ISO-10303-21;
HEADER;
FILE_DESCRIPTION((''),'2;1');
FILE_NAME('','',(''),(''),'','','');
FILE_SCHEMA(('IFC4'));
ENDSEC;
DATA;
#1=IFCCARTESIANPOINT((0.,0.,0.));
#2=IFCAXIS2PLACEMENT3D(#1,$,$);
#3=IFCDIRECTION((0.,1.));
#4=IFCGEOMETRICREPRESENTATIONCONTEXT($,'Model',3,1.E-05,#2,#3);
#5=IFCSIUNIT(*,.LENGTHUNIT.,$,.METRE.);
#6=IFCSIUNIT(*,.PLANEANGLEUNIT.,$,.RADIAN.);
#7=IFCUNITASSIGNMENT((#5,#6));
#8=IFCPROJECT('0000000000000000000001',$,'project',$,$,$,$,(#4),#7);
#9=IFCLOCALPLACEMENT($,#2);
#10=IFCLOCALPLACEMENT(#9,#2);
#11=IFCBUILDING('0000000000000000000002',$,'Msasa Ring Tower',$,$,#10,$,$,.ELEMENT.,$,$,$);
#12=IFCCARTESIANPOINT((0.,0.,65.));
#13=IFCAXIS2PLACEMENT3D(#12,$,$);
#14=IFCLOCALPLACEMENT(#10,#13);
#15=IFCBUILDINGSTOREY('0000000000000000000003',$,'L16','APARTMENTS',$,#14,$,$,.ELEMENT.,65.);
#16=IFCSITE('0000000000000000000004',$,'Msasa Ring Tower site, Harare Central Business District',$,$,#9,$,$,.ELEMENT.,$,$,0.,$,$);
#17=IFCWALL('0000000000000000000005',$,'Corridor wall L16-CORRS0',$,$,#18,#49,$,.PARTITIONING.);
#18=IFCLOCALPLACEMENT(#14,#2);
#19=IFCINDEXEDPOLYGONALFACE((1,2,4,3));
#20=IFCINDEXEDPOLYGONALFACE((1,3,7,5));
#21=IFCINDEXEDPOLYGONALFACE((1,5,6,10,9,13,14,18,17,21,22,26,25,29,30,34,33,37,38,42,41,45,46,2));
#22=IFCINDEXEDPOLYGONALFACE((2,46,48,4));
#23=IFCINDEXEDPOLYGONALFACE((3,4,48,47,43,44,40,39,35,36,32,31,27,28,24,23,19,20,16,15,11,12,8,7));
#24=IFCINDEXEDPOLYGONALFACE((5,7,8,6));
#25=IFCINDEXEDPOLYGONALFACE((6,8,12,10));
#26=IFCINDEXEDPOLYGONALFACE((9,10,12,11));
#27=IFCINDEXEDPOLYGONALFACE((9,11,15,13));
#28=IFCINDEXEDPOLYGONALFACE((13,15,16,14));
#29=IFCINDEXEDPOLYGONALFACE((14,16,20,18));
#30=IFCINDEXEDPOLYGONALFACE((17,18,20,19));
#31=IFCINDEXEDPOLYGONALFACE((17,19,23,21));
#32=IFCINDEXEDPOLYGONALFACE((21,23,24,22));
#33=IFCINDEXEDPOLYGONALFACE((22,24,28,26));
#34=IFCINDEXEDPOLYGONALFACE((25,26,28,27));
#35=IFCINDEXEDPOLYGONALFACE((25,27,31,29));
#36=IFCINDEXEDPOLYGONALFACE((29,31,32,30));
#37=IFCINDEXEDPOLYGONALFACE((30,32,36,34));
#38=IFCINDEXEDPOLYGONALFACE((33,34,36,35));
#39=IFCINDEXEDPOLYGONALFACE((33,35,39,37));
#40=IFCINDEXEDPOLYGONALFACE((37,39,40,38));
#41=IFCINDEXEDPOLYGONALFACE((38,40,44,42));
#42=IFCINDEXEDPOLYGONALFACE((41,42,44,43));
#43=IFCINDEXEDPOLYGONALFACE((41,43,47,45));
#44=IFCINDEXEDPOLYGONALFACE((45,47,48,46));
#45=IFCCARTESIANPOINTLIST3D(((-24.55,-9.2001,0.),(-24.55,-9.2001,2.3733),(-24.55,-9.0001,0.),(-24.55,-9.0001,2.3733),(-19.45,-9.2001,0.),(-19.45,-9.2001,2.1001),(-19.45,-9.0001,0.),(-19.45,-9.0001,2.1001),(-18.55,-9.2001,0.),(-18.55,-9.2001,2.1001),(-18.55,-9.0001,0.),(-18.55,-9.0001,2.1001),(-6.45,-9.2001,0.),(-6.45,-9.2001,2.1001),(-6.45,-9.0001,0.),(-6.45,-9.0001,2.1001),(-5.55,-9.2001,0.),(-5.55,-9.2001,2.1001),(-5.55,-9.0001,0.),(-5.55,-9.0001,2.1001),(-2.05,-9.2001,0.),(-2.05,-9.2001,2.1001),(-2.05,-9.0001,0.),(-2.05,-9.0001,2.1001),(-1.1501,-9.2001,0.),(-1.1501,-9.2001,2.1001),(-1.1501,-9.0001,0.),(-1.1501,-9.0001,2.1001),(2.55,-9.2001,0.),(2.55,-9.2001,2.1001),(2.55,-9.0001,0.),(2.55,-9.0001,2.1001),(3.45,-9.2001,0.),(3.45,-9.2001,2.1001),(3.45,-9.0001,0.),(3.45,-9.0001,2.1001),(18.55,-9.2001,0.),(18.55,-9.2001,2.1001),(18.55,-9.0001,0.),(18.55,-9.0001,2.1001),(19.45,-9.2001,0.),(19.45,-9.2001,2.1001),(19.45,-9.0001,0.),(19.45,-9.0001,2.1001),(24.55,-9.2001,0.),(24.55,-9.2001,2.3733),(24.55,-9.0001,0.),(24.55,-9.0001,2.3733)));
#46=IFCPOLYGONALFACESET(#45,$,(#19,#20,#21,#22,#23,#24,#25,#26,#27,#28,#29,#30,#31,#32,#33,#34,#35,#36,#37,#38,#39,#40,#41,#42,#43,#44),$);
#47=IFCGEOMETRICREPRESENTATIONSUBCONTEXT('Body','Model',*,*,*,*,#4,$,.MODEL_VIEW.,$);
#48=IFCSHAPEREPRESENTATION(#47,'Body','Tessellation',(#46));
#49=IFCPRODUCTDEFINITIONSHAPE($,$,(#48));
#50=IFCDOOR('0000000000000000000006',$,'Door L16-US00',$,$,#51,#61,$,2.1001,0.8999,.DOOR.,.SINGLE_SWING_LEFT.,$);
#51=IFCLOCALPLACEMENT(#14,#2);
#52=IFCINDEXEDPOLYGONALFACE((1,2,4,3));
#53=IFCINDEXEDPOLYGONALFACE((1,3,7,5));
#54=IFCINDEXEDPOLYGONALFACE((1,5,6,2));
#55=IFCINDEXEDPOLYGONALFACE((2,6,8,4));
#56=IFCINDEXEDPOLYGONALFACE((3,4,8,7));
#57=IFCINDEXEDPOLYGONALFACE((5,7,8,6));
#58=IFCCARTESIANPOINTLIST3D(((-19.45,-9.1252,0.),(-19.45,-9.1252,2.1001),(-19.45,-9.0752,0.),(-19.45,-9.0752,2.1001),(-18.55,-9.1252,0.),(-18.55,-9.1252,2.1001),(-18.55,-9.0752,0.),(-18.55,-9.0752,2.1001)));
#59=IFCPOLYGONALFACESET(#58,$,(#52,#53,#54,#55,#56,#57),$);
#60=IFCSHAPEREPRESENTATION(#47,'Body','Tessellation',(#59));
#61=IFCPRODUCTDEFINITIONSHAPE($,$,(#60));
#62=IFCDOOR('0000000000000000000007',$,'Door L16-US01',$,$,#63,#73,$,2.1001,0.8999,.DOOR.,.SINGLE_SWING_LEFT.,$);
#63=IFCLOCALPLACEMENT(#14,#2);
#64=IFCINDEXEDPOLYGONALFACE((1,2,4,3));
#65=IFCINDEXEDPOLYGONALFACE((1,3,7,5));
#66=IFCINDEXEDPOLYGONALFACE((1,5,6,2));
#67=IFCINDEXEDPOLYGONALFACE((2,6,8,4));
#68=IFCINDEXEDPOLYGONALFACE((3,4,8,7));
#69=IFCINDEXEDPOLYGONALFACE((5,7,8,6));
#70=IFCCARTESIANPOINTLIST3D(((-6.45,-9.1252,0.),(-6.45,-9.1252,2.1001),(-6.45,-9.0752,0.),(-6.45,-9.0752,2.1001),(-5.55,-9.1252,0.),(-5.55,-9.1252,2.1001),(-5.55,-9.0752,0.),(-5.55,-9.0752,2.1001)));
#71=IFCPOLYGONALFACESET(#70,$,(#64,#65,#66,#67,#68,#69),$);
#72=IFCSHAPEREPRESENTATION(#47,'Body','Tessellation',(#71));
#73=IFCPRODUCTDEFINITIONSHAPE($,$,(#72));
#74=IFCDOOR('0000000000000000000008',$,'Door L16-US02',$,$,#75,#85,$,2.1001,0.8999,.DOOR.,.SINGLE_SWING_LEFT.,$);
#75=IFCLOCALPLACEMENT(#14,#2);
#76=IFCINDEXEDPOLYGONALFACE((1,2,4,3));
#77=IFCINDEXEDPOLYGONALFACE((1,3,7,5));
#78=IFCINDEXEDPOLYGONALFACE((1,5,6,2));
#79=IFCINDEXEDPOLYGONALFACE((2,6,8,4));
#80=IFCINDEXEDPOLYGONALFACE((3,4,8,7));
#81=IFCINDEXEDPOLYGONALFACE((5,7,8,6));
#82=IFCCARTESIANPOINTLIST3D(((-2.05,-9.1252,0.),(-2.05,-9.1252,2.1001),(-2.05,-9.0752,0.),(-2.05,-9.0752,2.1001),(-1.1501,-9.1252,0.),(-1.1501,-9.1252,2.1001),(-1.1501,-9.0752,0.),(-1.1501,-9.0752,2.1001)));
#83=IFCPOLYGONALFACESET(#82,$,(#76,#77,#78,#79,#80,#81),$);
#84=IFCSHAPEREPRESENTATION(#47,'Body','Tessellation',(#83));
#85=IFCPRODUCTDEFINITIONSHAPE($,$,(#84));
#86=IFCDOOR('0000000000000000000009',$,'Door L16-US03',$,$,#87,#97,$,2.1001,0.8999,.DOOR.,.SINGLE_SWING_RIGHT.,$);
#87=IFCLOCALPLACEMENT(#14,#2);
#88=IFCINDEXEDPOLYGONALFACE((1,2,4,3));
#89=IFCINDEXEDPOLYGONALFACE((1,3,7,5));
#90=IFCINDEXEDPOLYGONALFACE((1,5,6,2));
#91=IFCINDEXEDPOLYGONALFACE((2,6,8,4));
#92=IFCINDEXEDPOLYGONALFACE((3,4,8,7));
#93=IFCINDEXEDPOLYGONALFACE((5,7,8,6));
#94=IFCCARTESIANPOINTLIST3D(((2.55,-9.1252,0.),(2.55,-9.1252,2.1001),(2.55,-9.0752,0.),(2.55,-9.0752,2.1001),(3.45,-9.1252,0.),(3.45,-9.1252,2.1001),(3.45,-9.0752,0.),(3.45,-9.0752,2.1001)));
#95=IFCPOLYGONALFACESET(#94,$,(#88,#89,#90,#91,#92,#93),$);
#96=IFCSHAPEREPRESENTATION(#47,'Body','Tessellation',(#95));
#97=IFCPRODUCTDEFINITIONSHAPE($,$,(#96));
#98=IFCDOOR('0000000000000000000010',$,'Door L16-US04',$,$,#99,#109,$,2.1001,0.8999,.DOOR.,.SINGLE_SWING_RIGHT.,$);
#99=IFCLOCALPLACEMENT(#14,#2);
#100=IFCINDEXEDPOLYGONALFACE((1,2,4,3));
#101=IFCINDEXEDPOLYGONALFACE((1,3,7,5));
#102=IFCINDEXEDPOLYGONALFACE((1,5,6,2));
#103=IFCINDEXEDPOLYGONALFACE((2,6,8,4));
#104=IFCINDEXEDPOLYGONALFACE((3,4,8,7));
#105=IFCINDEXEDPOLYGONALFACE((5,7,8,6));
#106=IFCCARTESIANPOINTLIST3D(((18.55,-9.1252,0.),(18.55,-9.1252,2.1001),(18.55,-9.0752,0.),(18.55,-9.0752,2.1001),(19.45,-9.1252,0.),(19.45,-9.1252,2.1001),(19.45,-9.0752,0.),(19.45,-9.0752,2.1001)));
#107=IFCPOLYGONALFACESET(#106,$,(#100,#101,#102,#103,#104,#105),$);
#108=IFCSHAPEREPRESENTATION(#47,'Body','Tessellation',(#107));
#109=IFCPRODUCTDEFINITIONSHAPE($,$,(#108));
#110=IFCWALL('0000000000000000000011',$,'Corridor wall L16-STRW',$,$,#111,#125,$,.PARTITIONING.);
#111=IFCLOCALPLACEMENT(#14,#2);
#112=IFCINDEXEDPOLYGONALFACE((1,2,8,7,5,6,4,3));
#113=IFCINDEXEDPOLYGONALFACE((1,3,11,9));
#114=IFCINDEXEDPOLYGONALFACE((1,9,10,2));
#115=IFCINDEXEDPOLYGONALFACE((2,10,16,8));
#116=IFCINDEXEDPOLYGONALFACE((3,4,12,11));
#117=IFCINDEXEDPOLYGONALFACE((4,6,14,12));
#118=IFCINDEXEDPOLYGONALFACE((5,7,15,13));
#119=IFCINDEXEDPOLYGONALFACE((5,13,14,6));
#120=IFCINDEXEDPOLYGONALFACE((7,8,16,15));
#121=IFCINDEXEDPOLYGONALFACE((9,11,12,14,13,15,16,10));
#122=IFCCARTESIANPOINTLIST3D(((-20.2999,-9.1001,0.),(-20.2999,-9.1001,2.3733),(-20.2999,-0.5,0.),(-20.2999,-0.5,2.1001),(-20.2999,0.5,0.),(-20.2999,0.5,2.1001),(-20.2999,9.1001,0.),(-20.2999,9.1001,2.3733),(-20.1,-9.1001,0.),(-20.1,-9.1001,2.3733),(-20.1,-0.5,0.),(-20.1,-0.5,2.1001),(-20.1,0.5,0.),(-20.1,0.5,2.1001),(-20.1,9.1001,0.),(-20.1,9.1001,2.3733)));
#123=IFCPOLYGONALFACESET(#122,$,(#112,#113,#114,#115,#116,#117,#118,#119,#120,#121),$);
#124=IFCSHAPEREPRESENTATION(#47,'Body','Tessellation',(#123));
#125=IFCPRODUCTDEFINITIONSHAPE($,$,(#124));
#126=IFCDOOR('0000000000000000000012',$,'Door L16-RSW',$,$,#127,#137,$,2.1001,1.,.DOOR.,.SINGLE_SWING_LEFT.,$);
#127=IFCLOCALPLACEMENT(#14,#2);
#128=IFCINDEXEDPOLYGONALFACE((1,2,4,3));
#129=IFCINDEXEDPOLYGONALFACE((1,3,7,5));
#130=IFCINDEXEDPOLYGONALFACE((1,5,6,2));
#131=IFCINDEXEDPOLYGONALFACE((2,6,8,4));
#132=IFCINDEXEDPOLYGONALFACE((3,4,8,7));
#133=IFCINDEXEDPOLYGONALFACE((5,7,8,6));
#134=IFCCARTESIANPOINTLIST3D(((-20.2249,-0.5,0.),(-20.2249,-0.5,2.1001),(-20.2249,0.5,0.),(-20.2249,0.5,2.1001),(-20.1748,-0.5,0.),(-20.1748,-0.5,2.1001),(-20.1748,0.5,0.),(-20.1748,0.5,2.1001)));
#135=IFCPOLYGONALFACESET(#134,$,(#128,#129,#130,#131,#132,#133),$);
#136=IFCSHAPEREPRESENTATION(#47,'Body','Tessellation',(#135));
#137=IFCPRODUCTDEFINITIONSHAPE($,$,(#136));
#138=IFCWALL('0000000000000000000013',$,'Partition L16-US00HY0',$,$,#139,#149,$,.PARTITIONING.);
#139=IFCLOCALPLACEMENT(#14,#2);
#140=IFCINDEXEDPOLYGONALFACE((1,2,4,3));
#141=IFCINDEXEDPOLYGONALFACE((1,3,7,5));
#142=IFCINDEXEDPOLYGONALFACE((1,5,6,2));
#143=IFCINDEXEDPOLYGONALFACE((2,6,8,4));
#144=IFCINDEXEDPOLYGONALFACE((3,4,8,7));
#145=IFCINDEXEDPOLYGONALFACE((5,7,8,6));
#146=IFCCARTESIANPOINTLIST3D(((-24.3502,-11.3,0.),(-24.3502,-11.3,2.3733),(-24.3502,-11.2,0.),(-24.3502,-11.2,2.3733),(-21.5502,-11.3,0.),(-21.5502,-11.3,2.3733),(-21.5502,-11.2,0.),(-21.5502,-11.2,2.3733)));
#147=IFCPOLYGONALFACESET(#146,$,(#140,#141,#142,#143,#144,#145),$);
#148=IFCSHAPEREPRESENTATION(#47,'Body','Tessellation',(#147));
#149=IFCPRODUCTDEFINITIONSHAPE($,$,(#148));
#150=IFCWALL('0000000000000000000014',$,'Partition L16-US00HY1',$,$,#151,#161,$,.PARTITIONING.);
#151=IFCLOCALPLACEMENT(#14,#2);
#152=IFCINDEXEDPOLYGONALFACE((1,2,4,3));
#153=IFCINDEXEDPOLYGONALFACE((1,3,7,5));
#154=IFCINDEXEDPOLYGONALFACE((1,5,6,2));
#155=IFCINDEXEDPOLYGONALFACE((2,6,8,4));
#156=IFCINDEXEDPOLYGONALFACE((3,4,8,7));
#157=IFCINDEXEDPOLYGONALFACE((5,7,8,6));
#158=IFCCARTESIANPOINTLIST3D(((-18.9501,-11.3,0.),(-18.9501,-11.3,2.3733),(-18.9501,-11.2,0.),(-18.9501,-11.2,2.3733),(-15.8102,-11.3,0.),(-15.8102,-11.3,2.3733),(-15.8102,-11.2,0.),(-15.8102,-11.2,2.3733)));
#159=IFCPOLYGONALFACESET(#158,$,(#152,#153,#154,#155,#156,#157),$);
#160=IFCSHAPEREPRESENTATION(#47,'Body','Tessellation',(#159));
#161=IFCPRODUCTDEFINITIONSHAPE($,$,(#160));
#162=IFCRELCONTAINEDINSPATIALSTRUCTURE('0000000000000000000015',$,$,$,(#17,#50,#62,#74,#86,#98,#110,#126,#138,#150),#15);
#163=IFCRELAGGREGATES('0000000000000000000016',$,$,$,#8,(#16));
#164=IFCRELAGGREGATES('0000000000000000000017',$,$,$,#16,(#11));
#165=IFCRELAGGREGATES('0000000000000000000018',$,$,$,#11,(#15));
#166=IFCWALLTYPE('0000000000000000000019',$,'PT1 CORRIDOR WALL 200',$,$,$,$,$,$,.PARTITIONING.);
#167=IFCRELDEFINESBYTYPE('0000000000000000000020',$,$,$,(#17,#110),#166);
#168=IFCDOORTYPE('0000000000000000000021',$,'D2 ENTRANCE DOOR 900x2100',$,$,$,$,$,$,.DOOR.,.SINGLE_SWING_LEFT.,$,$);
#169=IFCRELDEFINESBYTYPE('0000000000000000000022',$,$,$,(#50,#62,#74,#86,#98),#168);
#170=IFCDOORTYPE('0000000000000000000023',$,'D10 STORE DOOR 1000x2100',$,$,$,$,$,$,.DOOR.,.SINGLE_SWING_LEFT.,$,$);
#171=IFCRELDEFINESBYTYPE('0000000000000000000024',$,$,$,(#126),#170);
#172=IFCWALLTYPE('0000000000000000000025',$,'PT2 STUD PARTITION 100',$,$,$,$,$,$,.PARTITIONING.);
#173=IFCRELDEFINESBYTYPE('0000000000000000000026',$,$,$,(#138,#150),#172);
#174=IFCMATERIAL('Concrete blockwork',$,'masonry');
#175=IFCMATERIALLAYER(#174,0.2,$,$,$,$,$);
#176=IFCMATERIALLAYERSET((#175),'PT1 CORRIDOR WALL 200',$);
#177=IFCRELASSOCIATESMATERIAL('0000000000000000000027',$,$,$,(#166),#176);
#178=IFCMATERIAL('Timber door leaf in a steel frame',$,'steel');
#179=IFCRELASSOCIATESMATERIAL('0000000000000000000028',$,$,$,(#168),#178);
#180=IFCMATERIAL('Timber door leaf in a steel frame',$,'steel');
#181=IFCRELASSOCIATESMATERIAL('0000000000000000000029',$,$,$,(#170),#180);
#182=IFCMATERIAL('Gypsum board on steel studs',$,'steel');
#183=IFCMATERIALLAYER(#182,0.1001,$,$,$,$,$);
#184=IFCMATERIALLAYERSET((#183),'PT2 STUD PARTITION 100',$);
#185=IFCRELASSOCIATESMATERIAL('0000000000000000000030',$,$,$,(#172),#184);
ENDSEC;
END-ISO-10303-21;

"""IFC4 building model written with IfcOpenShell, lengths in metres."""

from ifc_helpers import new_model, si_unit, direction, frame, frame_2d, origin, place, context, subcontext, project, spatial, rectangle, extrude, material, layer, layer_set, type_object, element, fill, save


model = new_model("IFC4")

# Units and contexts
model_context = context("Model", 3, precision=1e-05, world=origin(), true_north=direction((0.0, 1.0)))
body_context = subcontext(model_context, "Body", "Model", "MODEL_VIEW")
ifc_project = project(units=[si_unit("LENGTHUNIT", "METRE"), si_unit("PLANEANGLEUNIT", "RADIAN")], contexts=[model_context])

# Site, building, storey
site_placement = place(None, origin())
site = spatial("IfcSite", under=ifc_project, at=site_placement, Name="Msasa Ring Tower site, Harare Central Business District", CompositionType="ELEMENT", RefElevation=0.0)
building_placement = place(site_placement, origin())
building = spatial("IfcBuilding", under=site, at=building_placement, Name="Msasa Ring Tower", CompositionType="ELEMENT")
storey_placement = place(building_placement, frame((0.0, 0.0, 65.0)))
storey = spatial("IfcBuildingStorey", under=building, at=storey_placement, Name="L16", Description="APARTMENTS", CompositionType="ELEMENT", Elevation=65.0)

# Wall, openings, doors
ifc_material_1 = material(Name="Concrete blockwork", Category="masonry")
ifc_layer_1 = layer(ifc_material_1, 0.2)
ifc_layer_set_1 = layer_set([ifc_layer_1], Name="PT1 CORRIDOR WALL 200")
wall_type_1 = type_object("IfcWallType", Name="PT1 CORRIDOR WALL 200", PredefinedType="PARTITIONING", material=ifc_layer_set_1)
wall_1_placement = place(storey_placement, frame((-24.55, -9.1001, 0.0), z_axis=(0.0, 0.0, 1.0), x_axis=(1.0, 0.0, 0.0)))
wall_1 = element("IfcWall", 1, at=wall_1_placement, inside=storey, type_object=wall_type_1, Name="Corridor wall L16-CORRS0", PredefinedType="PARTITIONING", context=body_context, shape_type="SweptSolid", body=[
    extrude(rectangle(XDim=49.1001, YDim=0.2, at=frame_2d((24.55, 0.0))), origin(), (0.0, 0.0, 1.0), 2.3733),
])
opening_1_placement = place(wall_1_placement, frame((5.1001, 0.0, 0.0)))
opening_1 = element("IfcOpeningElement", 2, at=opening_1_placement, cuts=wall_1, PredefinedType="OPENING", context=body_context, shape_type="SweptSolid", body=[
    extrude(rectangle(XDim=0.8999, YDim=2.1001, at=frame_2d((0.45, 1.05))), frame((0.0, 0.1099, 0.0), z_axis=(0.0, -1.0, 0.0), x_axis=(1.0, 0.0, 0.0)), (0.0, 0.0, 1.0), 0.22),
])
opening_2_placement = place(wall_1_placement, frame((18.1001, 0.0, 0.0)))
opening_2 = element("IfcOpeningElement", 3, at=opening_2_placement, cuts=wall_1, PredefinedType="OPENING", context=body_context, shape_type="SweptSolid", body=[
    extrude(rectangle(XDim=0.8999, YDim=2.1001, at=frame_2d((0.45, 1.05))), frame((0.0, 0.1099, 0.0), z_axis=(0.0, -1.0, 0.0), x_axis=(1.0, 0.0, 0.0)), (0.0, 0.0, 1.0), 0.22),
])
opening_3_placement = place(wall_1_placement, frame((22.5, 0.0, 0.0)))
opening_3 = element("IfcOpeningElement", 4, at=opening_3_placement, cuts=wall_1, PredefinedType="OPENING", context=body_context, shape_type="SweptSolid", body=[
    extrude(rectangle(XDim=0.8999, YDim=2.1001, at=frame_2d((0.45, 1.05))), frame((0.0, 0.1099, 0.0), z_axis=(0.0, -1.0, 0.0), x_axis=(1.0, 0.0, 0.0)), (0.0, 0.0, 1.0), 0.22),
])
opening_4_placement = place(wall_1_placement, frame((27.1001, 0.0, 0.0)))
opening_4 = element("IfcOpeningElement", 5, at=opening_4_placement, cuts=wall_1, PredefinedType="OPENING", context=body_context, shape_type="SweptSolid", body=[
    extrude(rectangle(XDim=0.8999, YDim=2.1001, at=frame_2d((0.45, 1.05))), frame((0.0, 0.1099, 0.0), z_axis=(0.0, -1.0, 0.0), x_axis=(1.0, 0.0, 0.0)), (0.0, 0.0, 1.0), 0.22),
])
opening_5_placement = place(wall_1_placement, frame((43.1001, 0.0, 0.0)))
opening_5 = element("IfcOpeningElement", 6, at=opening_5_placement, cuts=wall_1, PredefinedType="OPENING", context=body_context, shape_type="SweptSolid", body=[
    extrude(rectangle(XDim=0.8999, YDim=2.1001, at=frame_2d((0.45, 1.05))), frame((0.0, 0.1099, 0.0), z_axis=(0.0, -1.0, 0.0), x_axis=(1.0, 0.0, 0.0)), (0.0, 0.0, 1.0), 0.22),
])
ifc_material_2 = material(Name="Timber door leaf in a steel frame", Category="steel")
door_type_1 = type_object("IfcDoorType", Name="D2 ENTRANCE DOOR 900x2100", OperationType="SINGLE_SWING_LEFT", PredefinedType="DOOR", material=ifc_material_2)
door_1_placement = place(opening_1_placement, origin())
door_1 = element("IfcDoor", 7, at=door_1_placement, inside=storey, type_object=door_type_1, Name="Door L16-US00", OperationType="SINGLE_SWING_LEFT", OverallHeight=2.1001, OverallWidth=0.8999, PredefinedType="DOOR", context=body_context, shape_type="SweptSolid", body=[
    extrude(rectangle(XDim=0.8999, YDim=2.1001, at=frame_2d((0.45, 1.05))), frame((0.0, 0.0249, 0.0), z_axis=(0.0, -1.0, 0.0), x_axis=(1.0, 0.0, 0.0)), (0.0, 0.0, 1.0), 0.05),
])
fill(opening_1, door_1)
door_2_placement = place(opening_2_placement, origin())
door_2 = element("IfcDoor", 8, at=door_2_placement, inside=storey, type_object=door_type_1, Name="Door L16-US01", OperationType="SINGLE_SWING_LEFT", OverallHeight=2.1001, OverallWidth=0.8999, PredefinedType="DOOR", context=body_context, shape_type="SweptSolid", body=[
    extrude(rectangle(XDim=0.8999, YDim=2.1001, at=frame_2d((0.45, 1.05))), frame((0.0, 0.0249, 0.0), z_axis=(0.0, -1.0, 0.0), x_axis=(1.0, 0.0, 0.0)), (0.0, 0.0, 1.0), 0.05),
])
fill(opening_2, door_2)
door_3_placement = place(opening_3_placement, origin())
door_3 = element("IfcDoor", 9, at=door_3_placement, inside=storey, type_object=door_type_1, Name="Door L16-US02", OperationType="SINGLE_SWING_LEFT", OverallHeight=2.1001, OverallWidth=0.8999, PredefinedType="DOOR", context=body_context, shape_type="SweptSolid", body=[
    extrude(rectangle(XDim=0.8999, YDim=2.1001, at=frame_2d((0.45, 1.05))), frame((0.0, 0.0249, 0.0), z_axis=(0.0, -1.0, 0.0), x_axis=(1.0, 0.0, 0.0)), (0.0, 0.0, 1.0), 0.05),
])
fill(opening_3, door_3)
door_4_placement = place(opening_4_placement, origin())
door_4 = element("IfcDoor", 10, at=door_4_placement, inside=storey, type_object=door_type_1, Name="Door L16-US03", OperationType="SINGLE_SWING_RIGHT", OverallHeight=2.1001, OverallWidth=0.8999, PredefinedType="DOOR", context=body_context, shape_type="SweptSolid", body=[
    extrude(rectangle(XDim=0.8999, YDim=2.1001, at=frame_2d((0.45, 1.05))), frame((0.0, 0.0249, 0.0), z_axis=(0.0, -1.0, 0.0), x_axis=(1.0, 0.0, 0.0)), (0.0, 0.0, 1.0), 0.05),
])
fill(opening_4, door_4)
door_5_placement = place(opening_5_placement, origin())
door_5 = element("IfcDoor", 11, at=door_5_placement, inside=storey, type_object=door_type_1, Name="Door L16-US04", OperationType="SINGLE_SWING_RIGHT", OverallHeight=2.1001, OverallWidth=0.8999, PredefinedType="DOOR", context=body_context, shape_type="SweptSolid", body=[
    extrude(rectangle(XDim=0.8999, YDim=2.1001, at=frame_2d((0.45, 1.05))), frame((0.0, 0.0249, 0.0), z_axis=(0.0, -1.0, 0.0), x_axis=(1.0, 0.0, 0.0)), (0.0, 0.0, 1.0), 0.05),
])
fill(opening_5, door_5)

# Wall, opening, door
wall_2_placement = place(storey_placement, frame((-20.2, -9.1001, 0.0), z_axis=(0.0, 0.0, 1.0), x_axis=(0.0, 1.0, 0.0)))
wall_2 = element("IfcWall", 12, at=wall_2_placement, inside=storey, type_object=wall_type_1, Name="Corridor wall L16-STRW", PredefinedType="PARTITIONING", context=body_context, shape_type="SweptSolid", body=[
    extrude(rectangle(XDim=18.2002, YDim=0.2, at=frame_2d((9.1001, 0.0))), origin(), (0.0, 0.0, 1.0), 2.3733),
])
opening_6_placement = place(wall_2_placement, frame((8.6001, 0.0, 0.0)))
opening_6 = element("IfcOpeningElement", 13, at=opening_6_placement, cuts=wall_2, PredefinedType="OPENING", context=body_context, shape_type="SweptSolid", body=[
    extrude(rectangle(XDim=1.0, YDim=2.1001, at=frame_2d((0.5, 1.05))), frame((0.0, 0.1099, 0.0), z_axis=(0.0, -1.0, 0.0), x_axis=(1.0, 0.0, 0.0)), (0.0, 0.0, 1.0), 0.22),
])
ifc_material_3 = material(Name="Timber door leaf in a steel frame", Category="steel")
door_type_2 = type_object("IfcDoorType", Name="D10 STORE DOOR 1000x2100", OperationType="SINGLE_SWING_LEFT", PredefinedType="DOOR", material=ifc_material_3)
door_6_placement = place(opening_6_placement, origin())
door_6 = element("IfcDoor", 14, at=door_6_placement, inside=storey, type_object=door_type_2, Name="Door L16-RSW", OperationType="SINGLE_SWING_LEFT", OverallHeight=2.1001, OverallWidth=1.0, PredefinedType="DOOR", context=body_context, shape_type="SweptSolid", body=[
    extrude(rectangle(XDim=1.0, YDim=2.1001, at=frame_2d((0.5, 1.05))), frame((0.0, 0.0249, 0.0), z_axis=(0.0, -1.0, 0.0), x_axis=(1.0, 0.0, 0.0)), (0.0, 0.0, 1.0), 0.05),
])
fill(opening_6, door_6)

# Walls
ifc_material_4 = material(Name="Gypsum board on steel studs", Category="steel")
ifc_layer_2 = layer(ifc_material_4, 0.1001)
ifc_layer_set_2 = layer_set([ifc_layer_2], Name="PT2 STUD PARTITION 100")
wall_type_2 = type_object("IfcWallType", Name="PT2 STUD PARTITION 100", PredefinedType="PARTITIONING", material=ifc_layer_set_2)
wall_3_placement = place(storey_placement, frame((-24.3501, -11.25, 0.0), z_axis=(0.0, 0.0, 1.0), x_axis=(1.0, 0.0, 0.0)))
element("IfcWall", 15, at=wall_3_placement, inside=storey, type_object=wall_type_2, Name="Partition L16-US00HY0", PredefinedType="PARTITIONING", context=body_context, shape_type="SweptSolid", body=[
    extrude(rectangle(XDim=2.8, YDim=0.1001, at=frame_2d((1.3999, 0.0))), origin(), (0.0, 0.0, 1.0), 2.3733),
])
wall_4_placement = place(storey_placement, frame((-18.95, -11.25, 0.0), z_axis=(0.0, 0.0, 1.0), x_axis=(1.0, 0.0, 0.0)))
element("IfcWall", 16, at=wall_4_placement, inside=storey, type_object=wall_type_2, Name="Partition L16-US00HY1", PredefinedType="PARTITIONING", context=body_context, shape_type="SweptSolid", body=[
    extrude(rectangle(XDim=3.1399, YDim=0.1001, at=frame_2d((1.5698, 0.0))), origin(), (0.0, 0.0, 1.0), 2.3733),
])

save(model, "model.ifc")
